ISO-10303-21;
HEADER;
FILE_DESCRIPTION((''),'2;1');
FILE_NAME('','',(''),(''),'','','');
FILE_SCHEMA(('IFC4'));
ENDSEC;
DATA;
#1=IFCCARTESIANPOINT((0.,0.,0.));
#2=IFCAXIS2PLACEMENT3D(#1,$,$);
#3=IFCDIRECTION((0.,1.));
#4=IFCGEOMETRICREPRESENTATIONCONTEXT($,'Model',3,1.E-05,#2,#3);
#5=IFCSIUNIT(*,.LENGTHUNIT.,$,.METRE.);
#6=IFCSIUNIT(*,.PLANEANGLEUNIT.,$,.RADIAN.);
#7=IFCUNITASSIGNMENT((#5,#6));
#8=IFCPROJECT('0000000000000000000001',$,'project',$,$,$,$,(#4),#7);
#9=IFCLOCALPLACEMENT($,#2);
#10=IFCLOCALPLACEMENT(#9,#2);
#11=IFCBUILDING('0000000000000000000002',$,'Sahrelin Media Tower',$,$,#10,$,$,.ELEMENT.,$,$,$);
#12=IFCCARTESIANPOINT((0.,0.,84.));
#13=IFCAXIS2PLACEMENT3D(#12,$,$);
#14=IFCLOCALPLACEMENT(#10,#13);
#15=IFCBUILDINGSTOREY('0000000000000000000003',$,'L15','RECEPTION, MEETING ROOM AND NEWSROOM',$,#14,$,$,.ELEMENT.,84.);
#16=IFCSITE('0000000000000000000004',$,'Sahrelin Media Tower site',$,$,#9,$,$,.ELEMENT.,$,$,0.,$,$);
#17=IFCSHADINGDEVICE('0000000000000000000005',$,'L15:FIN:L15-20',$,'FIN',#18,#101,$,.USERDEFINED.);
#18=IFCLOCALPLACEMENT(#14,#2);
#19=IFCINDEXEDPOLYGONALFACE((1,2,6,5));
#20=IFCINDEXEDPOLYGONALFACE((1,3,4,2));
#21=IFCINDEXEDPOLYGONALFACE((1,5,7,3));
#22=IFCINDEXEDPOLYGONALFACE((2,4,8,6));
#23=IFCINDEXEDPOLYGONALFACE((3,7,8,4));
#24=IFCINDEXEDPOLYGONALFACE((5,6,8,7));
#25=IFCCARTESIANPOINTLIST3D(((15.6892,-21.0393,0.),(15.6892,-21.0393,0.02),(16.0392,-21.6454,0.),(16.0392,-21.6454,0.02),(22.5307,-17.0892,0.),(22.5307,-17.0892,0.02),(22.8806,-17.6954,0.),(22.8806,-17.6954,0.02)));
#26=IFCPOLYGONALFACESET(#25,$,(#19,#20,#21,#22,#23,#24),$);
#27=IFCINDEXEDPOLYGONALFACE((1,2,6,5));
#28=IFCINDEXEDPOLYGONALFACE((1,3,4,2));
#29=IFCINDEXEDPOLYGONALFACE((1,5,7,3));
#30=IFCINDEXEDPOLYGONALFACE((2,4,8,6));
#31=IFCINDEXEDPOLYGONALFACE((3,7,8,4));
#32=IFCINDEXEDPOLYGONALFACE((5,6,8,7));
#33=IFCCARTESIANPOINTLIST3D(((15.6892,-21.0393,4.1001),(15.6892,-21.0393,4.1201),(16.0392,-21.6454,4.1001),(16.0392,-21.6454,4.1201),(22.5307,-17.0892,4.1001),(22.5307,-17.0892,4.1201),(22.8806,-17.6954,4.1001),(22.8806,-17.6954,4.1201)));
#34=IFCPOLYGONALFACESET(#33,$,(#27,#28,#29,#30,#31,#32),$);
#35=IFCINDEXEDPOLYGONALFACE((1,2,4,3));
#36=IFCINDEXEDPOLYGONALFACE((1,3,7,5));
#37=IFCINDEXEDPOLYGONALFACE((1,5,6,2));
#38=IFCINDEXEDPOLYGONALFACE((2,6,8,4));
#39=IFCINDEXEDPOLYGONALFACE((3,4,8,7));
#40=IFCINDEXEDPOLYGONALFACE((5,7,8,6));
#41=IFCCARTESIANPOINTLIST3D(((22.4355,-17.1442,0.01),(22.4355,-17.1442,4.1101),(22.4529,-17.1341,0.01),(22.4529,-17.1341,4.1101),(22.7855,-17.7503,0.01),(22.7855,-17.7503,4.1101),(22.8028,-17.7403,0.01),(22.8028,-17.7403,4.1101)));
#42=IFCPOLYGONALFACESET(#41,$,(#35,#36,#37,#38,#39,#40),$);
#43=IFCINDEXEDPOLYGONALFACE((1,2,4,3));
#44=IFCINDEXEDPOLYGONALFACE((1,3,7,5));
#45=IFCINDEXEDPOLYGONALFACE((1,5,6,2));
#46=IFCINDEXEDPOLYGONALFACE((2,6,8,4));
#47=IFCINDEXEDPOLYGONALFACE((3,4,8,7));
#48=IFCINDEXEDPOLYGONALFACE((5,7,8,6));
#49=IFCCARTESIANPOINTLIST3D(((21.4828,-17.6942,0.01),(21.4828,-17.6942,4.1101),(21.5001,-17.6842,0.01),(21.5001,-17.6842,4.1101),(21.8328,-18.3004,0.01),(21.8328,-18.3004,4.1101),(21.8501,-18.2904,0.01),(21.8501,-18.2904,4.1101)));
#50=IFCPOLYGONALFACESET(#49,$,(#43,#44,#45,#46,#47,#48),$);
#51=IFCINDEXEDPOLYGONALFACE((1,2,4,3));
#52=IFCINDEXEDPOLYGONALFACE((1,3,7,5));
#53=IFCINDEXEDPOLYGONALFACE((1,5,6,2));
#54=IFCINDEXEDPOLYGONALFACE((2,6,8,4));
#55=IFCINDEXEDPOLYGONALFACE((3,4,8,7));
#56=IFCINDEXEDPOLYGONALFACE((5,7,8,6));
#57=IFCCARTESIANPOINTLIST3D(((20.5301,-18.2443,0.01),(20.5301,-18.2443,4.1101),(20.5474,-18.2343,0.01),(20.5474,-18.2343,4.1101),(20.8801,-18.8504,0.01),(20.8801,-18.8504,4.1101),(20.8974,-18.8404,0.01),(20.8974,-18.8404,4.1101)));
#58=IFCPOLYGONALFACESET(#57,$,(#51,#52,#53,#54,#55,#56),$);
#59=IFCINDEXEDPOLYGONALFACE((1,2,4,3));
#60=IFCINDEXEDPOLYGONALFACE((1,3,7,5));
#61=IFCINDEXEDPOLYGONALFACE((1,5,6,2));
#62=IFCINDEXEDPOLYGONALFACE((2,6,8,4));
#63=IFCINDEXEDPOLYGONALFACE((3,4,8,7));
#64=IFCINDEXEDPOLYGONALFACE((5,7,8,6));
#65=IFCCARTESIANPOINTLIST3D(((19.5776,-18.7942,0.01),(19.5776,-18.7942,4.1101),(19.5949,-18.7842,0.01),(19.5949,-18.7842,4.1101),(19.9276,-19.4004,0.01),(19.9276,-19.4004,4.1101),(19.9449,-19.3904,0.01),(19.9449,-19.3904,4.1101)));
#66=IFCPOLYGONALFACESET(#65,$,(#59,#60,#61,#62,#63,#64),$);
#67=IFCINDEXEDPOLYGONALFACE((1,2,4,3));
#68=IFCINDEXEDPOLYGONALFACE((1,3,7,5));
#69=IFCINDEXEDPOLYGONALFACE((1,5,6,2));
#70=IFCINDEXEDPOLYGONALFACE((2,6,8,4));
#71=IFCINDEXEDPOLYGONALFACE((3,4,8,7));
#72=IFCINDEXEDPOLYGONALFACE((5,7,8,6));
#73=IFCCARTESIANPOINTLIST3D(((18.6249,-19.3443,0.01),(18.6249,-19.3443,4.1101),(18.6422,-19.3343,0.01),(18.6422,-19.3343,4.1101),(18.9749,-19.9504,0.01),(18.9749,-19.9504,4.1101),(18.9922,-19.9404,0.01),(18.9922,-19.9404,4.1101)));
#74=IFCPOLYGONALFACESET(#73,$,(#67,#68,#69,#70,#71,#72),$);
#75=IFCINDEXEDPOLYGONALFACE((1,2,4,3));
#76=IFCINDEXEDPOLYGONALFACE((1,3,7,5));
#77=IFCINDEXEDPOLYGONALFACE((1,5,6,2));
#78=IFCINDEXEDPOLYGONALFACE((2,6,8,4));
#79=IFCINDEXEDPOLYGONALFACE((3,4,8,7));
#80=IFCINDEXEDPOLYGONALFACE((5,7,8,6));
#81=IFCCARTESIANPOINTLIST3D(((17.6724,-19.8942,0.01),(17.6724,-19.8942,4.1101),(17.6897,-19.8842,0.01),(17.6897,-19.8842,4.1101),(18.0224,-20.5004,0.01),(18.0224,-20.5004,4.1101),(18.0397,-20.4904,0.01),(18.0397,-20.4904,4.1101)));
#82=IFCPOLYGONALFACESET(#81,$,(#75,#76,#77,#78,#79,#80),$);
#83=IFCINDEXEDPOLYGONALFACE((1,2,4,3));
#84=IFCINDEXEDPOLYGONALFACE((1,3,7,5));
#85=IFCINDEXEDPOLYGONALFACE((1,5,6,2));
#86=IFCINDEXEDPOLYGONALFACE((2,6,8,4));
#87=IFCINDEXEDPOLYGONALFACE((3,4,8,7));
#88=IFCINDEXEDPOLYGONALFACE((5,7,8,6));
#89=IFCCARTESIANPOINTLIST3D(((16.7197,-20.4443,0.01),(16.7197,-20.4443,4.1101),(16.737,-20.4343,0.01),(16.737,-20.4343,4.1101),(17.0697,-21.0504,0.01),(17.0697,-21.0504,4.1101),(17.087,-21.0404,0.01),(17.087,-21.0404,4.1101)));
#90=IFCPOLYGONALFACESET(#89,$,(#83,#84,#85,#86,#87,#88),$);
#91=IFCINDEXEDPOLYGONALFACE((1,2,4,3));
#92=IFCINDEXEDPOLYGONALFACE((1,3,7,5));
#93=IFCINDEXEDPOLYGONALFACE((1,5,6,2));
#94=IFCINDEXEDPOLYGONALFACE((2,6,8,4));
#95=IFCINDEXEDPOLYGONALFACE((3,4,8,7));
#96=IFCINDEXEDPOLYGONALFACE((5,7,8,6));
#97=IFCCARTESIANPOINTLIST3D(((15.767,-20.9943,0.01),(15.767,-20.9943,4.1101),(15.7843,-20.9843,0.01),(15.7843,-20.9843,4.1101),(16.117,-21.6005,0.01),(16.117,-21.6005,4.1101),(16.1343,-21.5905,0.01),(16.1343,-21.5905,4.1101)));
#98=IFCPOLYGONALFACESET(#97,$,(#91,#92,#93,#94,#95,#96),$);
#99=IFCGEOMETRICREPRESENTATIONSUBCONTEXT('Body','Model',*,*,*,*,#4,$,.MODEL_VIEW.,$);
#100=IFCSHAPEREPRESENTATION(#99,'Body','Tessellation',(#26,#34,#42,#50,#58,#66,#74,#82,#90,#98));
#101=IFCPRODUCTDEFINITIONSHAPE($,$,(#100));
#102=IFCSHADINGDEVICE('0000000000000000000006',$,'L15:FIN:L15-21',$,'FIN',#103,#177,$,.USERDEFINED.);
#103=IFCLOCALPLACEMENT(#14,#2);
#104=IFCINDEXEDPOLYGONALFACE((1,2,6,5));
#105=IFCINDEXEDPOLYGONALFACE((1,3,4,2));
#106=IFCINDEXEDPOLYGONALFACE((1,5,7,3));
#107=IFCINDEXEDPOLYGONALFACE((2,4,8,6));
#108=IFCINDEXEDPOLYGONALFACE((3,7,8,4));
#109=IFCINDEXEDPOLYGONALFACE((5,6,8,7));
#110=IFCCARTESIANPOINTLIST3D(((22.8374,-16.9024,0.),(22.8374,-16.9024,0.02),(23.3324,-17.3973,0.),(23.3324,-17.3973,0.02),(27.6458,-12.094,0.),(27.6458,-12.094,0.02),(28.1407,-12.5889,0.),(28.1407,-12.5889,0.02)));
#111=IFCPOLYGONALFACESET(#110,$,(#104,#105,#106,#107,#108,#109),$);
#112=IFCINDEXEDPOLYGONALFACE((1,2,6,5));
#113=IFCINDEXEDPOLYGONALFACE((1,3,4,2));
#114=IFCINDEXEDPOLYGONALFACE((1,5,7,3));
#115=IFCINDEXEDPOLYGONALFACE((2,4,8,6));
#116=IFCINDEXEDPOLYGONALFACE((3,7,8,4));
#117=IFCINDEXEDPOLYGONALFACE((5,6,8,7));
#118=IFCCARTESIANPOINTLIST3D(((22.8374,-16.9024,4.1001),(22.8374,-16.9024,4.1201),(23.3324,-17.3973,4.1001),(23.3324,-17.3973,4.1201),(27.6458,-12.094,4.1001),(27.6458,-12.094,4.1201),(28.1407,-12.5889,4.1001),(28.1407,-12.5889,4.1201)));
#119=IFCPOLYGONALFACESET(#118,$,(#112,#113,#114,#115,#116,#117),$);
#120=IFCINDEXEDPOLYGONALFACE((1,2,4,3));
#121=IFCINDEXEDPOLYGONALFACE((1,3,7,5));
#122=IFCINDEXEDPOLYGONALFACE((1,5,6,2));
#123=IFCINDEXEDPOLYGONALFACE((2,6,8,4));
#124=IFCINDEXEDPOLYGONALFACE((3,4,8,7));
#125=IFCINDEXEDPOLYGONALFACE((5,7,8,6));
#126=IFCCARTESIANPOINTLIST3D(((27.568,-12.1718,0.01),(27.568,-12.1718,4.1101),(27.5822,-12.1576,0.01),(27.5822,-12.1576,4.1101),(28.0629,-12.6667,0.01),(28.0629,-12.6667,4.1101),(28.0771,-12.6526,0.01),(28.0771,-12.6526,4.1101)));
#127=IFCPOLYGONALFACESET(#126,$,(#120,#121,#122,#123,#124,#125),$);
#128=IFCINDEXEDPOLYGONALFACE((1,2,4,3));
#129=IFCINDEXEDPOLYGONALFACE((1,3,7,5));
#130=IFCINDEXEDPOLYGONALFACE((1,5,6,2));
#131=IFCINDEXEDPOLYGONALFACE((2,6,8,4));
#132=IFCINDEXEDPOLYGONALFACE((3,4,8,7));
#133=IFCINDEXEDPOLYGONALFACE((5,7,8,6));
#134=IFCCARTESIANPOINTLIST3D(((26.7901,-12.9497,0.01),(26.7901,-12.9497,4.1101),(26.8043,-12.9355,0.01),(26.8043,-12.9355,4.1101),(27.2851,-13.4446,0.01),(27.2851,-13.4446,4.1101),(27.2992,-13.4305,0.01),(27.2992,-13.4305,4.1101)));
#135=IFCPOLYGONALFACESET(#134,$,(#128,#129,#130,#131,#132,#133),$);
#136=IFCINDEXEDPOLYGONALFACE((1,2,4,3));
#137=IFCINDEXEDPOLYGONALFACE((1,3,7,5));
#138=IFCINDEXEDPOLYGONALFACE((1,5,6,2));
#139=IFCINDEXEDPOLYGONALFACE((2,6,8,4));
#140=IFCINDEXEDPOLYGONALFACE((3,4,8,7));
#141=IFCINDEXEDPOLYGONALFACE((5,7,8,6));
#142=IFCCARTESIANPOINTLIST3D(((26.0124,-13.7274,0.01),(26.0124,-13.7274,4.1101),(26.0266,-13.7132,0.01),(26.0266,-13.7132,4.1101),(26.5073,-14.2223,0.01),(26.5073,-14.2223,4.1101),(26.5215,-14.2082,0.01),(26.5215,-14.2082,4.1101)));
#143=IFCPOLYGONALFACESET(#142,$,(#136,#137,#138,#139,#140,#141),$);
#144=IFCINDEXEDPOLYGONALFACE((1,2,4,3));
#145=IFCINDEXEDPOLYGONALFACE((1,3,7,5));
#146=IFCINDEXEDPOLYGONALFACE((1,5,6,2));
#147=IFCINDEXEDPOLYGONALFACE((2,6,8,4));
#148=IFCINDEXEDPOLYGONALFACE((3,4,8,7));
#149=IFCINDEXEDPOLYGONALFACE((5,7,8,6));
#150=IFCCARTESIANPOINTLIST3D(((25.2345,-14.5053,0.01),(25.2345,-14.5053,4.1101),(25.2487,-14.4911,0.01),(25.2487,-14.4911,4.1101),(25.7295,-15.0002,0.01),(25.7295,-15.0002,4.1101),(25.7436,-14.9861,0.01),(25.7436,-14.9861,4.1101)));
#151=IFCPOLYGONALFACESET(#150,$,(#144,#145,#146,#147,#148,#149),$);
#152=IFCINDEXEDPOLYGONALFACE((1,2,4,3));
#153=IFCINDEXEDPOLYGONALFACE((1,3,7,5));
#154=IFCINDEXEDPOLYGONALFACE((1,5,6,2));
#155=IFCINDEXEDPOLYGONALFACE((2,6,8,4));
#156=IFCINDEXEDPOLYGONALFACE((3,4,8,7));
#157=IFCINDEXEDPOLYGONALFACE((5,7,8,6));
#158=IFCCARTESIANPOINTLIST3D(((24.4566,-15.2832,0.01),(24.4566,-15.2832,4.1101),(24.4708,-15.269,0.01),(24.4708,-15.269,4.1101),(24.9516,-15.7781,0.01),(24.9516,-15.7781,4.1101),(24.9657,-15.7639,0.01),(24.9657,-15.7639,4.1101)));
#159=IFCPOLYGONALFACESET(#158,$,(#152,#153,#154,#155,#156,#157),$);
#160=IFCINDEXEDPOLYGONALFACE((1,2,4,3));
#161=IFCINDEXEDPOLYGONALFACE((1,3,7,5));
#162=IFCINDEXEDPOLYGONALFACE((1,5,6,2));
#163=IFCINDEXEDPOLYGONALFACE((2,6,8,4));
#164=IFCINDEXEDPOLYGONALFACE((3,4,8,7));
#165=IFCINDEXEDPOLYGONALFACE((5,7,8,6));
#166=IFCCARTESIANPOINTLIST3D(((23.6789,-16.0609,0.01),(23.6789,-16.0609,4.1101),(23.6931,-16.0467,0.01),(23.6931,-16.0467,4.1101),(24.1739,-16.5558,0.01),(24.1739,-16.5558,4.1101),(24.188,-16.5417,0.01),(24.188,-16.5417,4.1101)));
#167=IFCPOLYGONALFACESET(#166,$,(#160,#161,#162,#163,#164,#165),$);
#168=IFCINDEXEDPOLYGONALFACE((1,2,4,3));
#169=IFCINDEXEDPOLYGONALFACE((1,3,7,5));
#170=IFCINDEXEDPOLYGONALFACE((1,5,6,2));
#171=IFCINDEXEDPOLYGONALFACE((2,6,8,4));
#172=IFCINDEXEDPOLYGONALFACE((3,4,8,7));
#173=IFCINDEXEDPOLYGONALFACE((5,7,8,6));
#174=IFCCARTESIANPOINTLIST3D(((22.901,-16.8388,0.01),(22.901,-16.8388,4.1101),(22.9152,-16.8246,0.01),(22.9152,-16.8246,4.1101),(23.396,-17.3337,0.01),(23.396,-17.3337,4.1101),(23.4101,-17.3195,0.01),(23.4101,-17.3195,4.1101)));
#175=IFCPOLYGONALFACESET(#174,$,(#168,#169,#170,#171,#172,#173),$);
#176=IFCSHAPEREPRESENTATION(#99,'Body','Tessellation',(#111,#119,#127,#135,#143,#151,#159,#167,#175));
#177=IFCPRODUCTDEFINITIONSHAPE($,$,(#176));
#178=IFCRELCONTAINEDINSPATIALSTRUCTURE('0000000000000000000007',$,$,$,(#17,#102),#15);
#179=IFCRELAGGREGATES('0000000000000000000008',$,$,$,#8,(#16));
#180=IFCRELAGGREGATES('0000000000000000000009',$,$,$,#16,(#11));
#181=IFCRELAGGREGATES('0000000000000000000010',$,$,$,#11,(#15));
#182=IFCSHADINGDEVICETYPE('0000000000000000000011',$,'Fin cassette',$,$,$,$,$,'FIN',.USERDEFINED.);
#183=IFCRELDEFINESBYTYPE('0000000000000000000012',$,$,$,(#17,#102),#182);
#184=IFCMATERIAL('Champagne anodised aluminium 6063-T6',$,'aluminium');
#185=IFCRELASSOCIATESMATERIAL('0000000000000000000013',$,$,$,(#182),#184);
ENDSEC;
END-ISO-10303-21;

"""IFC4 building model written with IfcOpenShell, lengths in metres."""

from ifc_helpers import new_model, si_unit, direction, frame, origin, origin_2d, place, context, subcontext, project, spatial, rectangle, extrude, material, type_object, element, save


model = new_model("IFC4")

# Units and contexts
model_context = context("Model", 3, precision=1e-05, world=origin(), true_north=direction((0.0, 1.0)))
body_context = subcontext(model_context, "Body", "Model", "MODEL_VIEW")
ifc_project = project(units=[si_unit("LENGTHUNIT", "METRE"), si_unit("PLANEANGLEUNIT", "RADIAN")], contexts=[model_context])

# Site, building, storey
site_placement = place(None, origin())
site = spatial("IfcSite", under=ifc_project, at=site_placement, Name="Sahrelin Media Tower site", CompositionType="ELEMENT", RefElevation=0.0)
building_placement = place(site_placement, origin())
building = spatial("IfcBuilding", under=site, at=building_placement, Name="Sahrelin Media Tower", CompositionType="ELEMENT")
storey_placement = place(building_placement, frame((0.0, 0.0, 84.0)))
storey = spatial("IfcBuildingStorey", under=building, at=storey_placement, Name="L15", Description="RECEPTION, MEETING ROOM AND NEWSROOM", CompositionType="ELEMENT", Elevation=84.0)

# Shared definitions
ifc_material_1 = material(Name="Champagne anodised aluminium 6063-T6", Category="aluminium")

# Shading devices
shading_device_type_1 = type_object("IfcShadingDeviceType", Name="Fin cassette", ElementType="FIN", PredefinedType="USERDEFINED", material=ifc_material_1)
placement_1 = place(storey_placement, frame((19.075, -19.0037, 0.0), z_axis=(0.0, 0.0, 1.0), x_axis=(-0.866019, -0.500011, 0.0)))
element("IfcShadingDevice", 1, at=placement_1, inside=storey, type_object=shading_device_type_1, Name="L15:FIN:L15-20", ObjectType="FIN", PredefinedType="USERDEFINED", context=body_context, shape_type="SweptSolid", body=[
    extrude(rectangle(XDim=7.8999, YDim=0.7, at=origin_2d()), frame((0.0, 0.4199, 0.0)), (0.0, 0.0, 1.0), 0.02),
    extrude(rectangle(XDim=7.8999, YDim=0.7, at=origin_2d()), frame((0.0, 0.4199, 4.1001)), (0.0, 0.0, 1.0), 0.02),
    extrude(rectangle(XDim=0.02, YDim=0.7, at=origin_2d()), frame((-3.8501, 0.4199, 0.01), z_axis=(0.0, 0.0, 1.0), x_axis=(1.0, 0.0, 0.0)), (0.0, 0.0, 1.0), 4.1001),
    extrude(rectangle(XDim=0.02, YDim=0.7, at=origin_2d()), frame((-2.75, 0.4199, 0.01), z_axis=(0.0, 0.0, 1.0), x_axis=(1.0, 0.0, 0.0)), (0.0, 0.0, 1.0), 4.1001),
    extrude(rectangle(XDim=0.02, YDim=0.7, at=origin_2d()), frame((-1.6499, 0.4199, 0.01), z_axis=(0.0, 0.0, 1.0), x_axis=(1.0, 0.0, 0.0)), (0.0, 0.0, 1.0), 4.1001),
    extrude(rectangle(XDim=0.02, YDim=0.7, at=origin_2d()), frame((-0.55, 0.4199, 0.01), z_axis=(0.0, 0.0, 1.0), x_axis=(1.0, 0.0, 0.0)), (0.0, 0.0, 1.0), 4.1001),
    extrude(rectangle(XDim=0.02, YDim=0.7, at=origin_2d()), frame((0.55, 0.4199, 0.01), z_axis=(0.0, 0.0, 1.0), x_axis=(1.0, 0.0, 0.0)), (0.0, 0.0, 1.0), 4.1001),
    extrude(rectangle(XDim=0.02, YDim=0.7, at=origin_2d()), frame((1.6499, 0.4199, 0.01), z_axis=(0.0, 0.0, 1.0), x_axis=(1.0, 0.0, 0.0)), (0.0, 0.0, 1.0), 4.1001),
    extrude(rectangle(XDim=0.02, YDim=0.7, at=origin_2d()), frame((2.75, 0.4199, 0.01), z_axis=(0.0, 0.0, 1.0), x_axis=(1.0, 0.0, 0.0)), (0.0, 0.0, 1.0), 4.1001),
    extrude(rectangle(XDim=0.02, YDim=0.7, at=origin_2d()), frame((3.8501, 0.4199, 0.01), z_axis=(0.0, 0.0, 1.0), x_axis=(1.0, 0.0, 0.0)), (0.0, 0.0, 1.0), 4.1001),
])
placement_2 = place(storey_placement, frame((25.1921, -14.4487, 0.0), z_axis=(0.0, 0.0, 1.0), x_axis=(-0.707107, -0.707107, 0.0)))
element("IfcShadingDevice", 2, at=placement_2, inside=storey, type_object=shading_device_type_1, Name="L15:FIN:L15-21", ObjectType="FIN", PredefinedType="USERDEFINED", context=body_context, shape_type="SweptSolid", body=[
    extrude(rectangle(XDim=6.8, YDim=0.7, at=origin_2d()), frame((0.0, 0.4199, 0.0)), (0.0, 0.0, 1.0), 0.02),
    extrude(rectangle(XDim=6.8, YDim=0.7, at=origin_2d()), frame((0.0, 0.4199, 4.1001)), (0.0, 0.0, 1.0), 0.02),
    extrude(rectangle(XDim=0.02, YDim=0.7, at=origin_2d()), frame((-3.3, 0.4199, 0.01), z_axis=(0.0, 0.0, 1.0), x_axis=(1.0, 0.0, 0.0)), (0.0, 0.0, 1.0), 4.1001),
    extrude(rectangle(XDim=0.02, YDim=0.7, at=origin_2d()), frame((-2.2, 0.4199, 0.01), z_axis=(0.0, 0.0, 1.0), x_axis=(1.0, 0.0, 0.0)), (0.0, 0.0, 1.0), 4.1001),
    extrude(rectangle(XDim=0.02, YDim=0.7, at=origin_2d()), frame((-1.1001, 0.4199, 0.01), z_axis=(0.0, 0.0, 1.0), x_axis=(1.0, 0.0, 0.0)), (0.0, 0.0, 1.0), 4.1001),
    extrude(rectangle(XDim=0.02, YDim=0.7, at=origin_2d()), frame((0.0, 0.4199, 0.01), z_axis=(0.0, 0.0, 1.0), x_axis=(1.0, 0.0, 0.0)), (0.0, 0.0, 1.0), 4.1001),
    extrude(rectangle(XDim=0.02, YDim=0.7, at=origin_2d()), frame((1.1001, 0.4199, 0.01), z_axis=(0.0, 0.0, 1.0), x_axis=(1.0, 0.0, 0.0)), (0.0, 0.0, 1.0), 4.1001),
    extrude(rectangle(XDim=0.02, YDim=0.7, at=origin_2d()), frame((2.2, 0.4199, 0.01), z_axis=(0.0, 0.0, 1.0), x_axis=(1.0, 0.0, 0.0)), (0.0, 0.0, 1.0), 4.1001),
    extrude(rectangle(XDim=0.02, YDim=0.7, at=origin_2d()), frame((3.3, 0.4199, 0.01), z_axis=(0.0, 0.0, 1.0), x_axis=(1.0, 0.0, 0.0)), (0.0, 0.0, 1.0), 4.1001),
])

save(model, "model.ifc")
